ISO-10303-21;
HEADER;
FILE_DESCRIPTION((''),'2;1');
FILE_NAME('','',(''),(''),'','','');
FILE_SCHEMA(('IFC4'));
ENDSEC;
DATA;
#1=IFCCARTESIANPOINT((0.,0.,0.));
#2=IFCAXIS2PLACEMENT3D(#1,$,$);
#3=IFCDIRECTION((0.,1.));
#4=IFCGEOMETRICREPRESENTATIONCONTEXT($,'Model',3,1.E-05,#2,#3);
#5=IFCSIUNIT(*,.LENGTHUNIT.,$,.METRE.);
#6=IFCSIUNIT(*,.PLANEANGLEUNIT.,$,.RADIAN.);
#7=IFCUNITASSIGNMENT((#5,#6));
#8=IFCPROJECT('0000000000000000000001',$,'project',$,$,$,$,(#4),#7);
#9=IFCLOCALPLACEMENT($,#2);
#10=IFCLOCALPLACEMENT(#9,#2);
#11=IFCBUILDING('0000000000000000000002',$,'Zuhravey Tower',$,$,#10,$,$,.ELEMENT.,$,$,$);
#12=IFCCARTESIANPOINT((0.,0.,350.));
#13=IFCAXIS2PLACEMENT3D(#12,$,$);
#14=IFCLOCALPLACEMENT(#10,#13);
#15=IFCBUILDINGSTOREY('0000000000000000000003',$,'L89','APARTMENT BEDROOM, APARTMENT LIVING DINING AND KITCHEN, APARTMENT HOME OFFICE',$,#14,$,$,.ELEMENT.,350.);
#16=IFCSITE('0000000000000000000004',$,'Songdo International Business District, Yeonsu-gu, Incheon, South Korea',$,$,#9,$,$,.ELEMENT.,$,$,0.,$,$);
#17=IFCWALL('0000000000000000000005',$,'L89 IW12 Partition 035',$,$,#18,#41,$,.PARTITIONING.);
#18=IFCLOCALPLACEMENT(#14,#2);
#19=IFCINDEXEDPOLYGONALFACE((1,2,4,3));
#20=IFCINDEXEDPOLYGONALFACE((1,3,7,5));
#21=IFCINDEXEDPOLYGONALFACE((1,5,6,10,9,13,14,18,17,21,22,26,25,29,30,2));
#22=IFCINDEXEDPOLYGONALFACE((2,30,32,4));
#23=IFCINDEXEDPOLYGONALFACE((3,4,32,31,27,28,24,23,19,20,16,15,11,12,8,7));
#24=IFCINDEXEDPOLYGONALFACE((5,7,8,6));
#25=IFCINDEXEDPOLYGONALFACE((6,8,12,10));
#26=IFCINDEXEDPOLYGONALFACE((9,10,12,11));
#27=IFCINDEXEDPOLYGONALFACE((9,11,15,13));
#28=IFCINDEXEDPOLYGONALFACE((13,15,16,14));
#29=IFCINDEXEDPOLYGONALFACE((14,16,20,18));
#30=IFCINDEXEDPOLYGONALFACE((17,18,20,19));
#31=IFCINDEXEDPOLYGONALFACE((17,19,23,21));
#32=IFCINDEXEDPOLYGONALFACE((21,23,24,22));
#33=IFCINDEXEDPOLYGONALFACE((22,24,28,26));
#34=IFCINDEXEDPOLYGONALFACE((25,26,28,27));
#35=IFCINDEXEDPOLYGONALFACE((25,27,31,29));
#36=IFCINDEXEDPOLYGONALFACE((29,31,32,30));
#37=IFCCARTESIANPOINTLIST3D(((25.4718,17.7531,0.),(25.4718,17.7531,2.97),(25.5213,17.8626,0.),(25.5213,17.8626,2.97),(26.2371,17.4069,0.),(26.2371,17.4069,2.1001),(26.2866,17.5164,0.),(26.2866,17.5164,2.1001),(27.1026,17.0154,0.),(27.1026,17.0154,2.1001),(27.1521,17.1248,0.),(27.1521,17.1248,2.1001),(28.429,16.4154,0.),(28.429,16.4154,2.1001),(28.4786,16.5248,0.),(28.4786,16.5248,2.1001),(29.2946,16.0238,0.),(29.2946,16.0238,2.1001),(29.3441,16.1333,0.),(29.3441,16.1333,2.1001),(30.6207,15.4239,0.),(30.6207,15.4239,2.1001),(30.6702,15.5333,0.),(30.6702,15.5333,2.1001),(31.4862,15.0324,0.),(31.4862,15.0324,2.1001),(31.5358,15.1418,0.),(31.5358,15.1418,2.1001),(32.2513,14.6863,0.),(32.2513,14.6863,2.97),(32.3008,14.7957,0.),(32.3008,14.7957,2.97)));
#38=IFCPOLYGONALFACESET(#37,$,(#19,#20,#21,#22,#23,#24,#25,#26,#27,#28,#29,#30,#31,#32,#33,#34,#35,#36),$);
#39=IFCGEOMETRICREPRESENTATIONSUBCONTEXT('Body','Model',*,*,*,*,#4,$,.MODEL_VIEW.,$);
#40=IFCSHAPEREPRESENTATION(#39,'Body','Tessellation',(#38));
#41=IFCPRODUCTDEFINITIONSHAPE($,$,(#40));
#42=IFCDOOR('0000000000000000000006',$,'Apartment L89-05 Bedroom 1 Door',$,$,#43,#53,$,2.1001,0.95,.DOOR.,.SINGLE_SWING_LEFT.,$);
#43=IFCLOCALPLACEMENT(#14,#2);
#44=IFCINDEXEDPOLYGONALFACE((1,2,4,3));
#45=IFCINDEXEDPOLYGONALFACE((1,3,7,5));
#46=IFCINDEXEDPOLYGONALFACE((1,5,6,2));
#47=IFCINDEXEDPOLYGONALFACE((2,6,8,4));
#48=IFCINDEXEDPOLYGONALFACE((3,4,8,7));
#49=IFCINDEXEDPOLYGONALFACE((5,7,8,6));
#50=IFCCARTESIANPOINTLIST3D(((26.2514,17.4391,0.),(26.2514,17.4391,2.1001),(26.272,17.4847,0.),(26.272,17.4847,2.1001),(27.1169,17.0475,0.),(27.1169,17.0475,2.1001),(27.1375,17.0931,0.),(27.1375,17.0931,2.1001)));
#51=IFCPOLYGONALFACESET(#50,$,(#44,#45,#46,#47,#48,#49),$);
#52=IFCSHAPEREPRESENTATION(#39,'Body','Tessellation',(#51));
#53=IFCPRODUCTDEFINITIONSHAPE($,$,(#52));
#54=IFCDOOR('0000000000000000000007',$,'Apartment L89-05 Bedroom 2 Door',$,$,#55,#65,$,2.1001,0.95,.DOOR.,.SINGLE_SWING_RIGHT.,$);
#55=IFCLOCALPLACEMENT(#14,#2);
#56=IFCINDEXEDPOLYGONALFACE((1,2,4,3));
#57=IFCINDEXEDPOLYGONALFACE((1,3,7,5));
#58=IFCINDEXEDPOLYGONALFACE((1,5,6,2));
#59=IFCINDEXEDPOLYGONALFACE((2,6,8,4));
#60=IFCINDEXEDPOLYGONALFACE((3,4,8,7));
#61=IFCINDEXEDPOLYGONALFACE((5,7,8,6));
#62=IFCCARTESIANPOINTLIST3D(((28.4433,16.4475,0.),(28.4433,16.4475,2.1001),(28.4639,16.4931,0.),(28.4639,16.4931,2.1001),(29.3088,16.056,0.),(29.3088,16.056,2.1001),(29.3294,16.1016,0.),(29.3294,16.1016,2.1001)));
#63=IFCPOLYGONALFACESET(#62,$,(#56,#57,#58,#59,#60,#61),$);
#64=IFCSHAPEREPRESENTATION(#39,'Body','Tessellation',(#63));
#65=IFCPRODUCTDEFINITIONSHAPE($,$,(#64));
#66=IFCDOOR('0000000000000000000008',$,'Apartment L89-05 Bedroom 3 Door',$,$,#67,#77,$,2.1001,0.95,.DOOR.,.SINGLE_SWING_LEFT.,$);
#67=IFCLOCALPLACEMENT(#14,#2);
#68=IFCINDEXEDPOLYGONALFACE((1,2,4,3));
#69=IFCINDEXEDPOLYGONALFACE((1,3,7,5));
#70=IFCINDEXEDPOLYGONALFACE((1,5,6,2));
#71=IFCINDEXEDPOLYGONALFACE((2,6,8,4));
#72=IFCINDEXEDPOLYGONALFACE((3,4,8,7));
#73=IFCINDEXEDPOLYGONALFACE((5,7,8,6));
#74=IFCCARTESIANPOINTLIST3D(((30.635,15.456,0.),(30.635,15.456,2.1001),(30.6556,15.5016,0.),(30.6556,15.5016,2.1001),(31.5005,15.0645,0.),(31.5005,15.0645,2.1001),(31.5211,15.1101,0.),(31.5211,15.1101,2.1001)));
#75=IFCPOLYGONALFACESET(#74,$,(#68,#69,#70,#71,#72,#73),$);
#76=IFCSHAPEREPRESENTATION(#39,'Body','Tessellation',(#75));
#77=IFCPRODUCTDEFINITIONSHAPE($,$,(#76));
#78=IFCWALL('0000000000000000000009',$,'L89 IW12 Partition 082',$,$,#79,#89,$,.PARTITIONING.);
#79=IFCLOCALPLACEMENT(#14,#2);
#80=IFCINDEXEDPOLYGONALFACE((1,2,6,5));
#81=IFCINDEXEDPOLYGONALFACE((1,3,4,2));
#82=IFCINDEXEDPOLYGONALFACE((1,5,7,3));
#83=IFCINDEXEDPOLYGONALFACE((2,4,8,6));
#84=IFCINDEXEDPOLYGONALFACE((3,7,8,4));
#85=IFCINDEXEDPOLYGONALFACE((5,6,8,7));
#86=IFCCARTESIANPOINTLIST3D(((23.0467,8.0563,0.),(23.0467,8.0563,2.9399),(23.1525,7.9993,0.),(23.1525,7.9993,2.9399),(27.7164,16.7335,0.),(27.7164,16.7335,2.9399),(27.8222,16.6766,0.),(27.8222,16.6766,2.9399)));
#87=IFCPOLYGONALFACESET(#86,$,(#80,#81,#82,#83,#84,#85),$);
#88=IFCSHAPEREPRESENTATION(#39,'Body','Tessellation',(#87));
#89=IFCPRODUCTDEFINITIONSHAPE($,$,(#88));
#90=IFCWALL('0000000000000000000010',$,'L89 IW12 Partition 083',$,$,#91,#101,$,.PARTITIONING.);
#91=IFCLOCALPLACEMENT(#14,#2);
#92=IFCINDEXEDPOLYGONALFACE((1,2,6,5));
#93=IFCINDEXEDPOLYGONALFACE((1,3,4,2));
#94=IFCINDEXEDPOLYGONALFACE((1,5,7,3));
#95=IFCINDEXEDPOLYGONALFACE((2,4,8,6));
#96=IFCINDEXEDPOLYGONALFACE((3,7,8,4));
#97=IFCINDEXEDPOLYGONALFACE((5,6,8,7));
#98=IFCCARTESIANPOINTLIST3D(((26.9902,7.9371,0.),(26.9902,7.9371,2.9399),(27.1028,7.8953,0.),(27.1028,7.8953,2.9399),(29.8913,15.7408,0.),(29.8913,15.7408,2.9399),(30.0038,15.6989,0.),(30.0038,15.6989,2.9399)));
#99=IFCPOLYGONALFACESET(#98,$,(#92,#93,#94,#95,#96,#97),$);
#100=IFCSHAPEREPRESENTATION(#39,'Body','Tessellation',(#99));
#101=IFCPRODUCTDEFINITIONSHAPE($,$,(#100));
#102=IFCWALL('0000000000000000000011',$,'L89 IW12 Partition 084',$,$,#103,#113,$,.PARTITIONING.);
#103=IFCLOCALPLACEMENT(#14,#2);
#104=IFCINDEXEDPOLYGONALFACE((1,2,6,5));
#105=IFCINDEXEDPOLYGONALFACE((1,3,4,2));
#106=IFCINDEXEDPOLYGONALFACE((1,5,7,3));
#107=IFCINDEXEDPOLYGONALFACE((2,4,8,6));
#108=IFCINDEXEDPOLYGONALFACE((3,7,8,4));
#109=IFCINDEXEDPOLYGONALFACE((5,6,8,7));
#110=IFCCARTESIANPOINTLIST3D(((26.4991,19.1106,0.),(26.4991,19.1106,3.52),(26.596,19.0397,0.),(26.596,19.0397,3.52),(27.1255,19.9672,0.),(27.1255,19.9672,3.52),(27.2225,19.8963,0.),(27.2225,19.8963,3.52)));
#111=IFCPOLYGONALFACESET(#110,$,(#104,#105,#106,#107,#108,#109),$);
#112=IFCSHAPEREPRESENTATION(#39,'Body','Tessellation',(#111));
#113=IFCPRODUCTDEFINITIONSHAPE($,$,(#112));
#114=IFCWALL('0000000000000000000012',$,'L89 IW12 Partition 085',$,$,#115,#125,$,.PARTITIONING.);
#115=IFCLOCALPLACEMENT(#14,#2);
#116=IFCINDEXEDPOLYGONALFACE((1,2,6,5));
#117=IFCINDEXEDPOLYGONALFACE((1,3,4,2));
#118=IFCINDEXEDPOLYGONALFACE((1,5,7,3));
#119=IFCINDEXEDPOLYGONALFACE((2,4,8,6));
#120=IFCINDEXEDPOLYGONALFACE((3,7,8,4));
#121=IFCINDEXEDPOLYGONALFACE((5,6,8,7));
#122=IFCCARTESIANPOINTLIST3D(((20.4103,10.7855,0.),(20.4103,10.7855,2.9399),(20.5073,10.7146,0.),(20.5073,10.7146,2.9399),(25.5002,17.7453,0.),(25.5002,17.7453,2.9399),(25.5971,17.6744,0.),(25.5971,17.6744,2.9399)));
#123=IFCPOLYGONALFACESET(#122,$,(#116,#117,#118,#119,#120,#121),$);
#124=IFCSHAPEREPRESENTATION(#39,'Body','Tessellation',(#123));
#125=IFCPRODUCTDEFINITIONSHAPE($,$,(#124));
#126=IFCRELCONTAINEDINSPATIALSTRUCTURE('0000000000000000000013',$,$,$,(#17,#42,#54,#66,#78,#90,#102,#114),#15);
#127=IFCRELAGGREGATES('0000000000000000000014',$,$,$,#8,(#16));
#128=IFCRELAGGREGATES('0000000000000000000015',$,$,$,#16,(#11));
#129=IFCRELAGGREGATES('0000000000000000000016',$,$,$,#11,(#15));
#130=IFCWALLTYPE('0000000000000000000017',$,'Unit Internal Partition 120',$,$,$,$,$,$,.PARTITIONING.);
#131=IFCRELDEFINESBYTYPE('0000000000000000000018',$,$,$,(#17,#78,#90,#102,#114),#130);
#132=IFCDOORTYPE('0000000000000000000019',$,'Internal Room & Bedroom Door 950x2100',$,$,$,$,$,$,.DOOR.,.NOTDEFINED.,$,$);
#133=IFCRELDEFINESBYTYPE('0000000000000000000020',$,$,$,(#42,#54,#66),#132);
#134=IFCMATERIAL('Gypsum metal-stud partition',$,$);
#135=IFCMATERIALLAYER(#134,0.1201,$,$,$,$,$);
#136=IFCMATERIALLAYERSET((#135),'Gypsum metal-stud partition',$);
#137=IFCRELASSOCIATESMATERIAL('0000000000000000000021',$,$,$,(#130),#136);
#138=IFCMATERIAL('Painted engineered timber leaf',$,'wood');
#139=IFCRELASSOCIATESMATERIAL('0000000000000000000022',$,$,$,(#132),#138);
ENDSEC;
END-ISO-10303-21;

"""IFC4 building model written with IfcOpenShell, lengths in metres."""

from ifc_helpers import new_model, si_unit, direction, frame, frame_2d, origin, place, context, subcontext, project, spatial, rectangle, extrude, material, layer, layer_set, type_object, element, fill, save


model = new_model("IFC4")

# Units and contexts
model_context = context("Model", 3, precision=1e-05, world=origin(), true_north=direction((0.0, 1.0)))
body_context = subcontext(model_context, "Body", "Model", "MODEL_VIEW")
ifc_project = project(units=[si_unit("LENGTHUNIT", "METRE"), si_unit("PLANEANGLEUNIT", "RADIAN")], contexts=[model_context])

# Site, building, storey
site_placement = place(None, origin())
site = spatial("IfcSite", under=ifc_project, at=site_placement, Name="Songdo International Business District, Yeonsu-gu, Incheon, South Korea", CompositionType="ELEMENT", RefElevation=0.0)
building_placement = place(site_placement, origin())
building = spatial("IfcBuilding", under=site, at=building_placement, Name="Zuhravey Tower", CompositionType="ELEMENT")
storey_placement = place(building_placement, frame((0.0, 0.0, 350.0)))
storey = spatial("IfcBuildingStorey", under=building, at=storey_placement, Name="L89", Description="APARTMENT BEDROOM, APARTMENT LIVING DINING AND KITCHEN, APARTMENT HOME OFFICE", CompositionType="ELEMENT", Elevation=350.0)

# Wall, openings, doors
ifc_material_1 = material(Name="Gypsum metal-stud partition")
ifc_layer_1 = layer(ifc_material_1, 0.1201)
ifc_layer_set_1 = layer_set([ifc_layer_1], Name="Gypsum metal-stud partition")
wall_type_1 = type_object("IfcWallType", Name="Unit Internal Partition 120", PredefinedType="PARTITIONING", material=ifc_layer_set_1)
ifc_material_2 = material(Name="Painted engineered timber leaf", Category="wood")
door_type_1 = type_object("IfcDoorType", Name="Internal Room & Bedroom Door 950x2100", OperationType="NOTDEFINED", PredefinedType="DOOR", material=ifc_material_2)
wall_1_placement = place(storey_placement, frame((25.4966, 17.8079, 0.0), z_axis=(0.0, 0.0, 1.0), x_axis=(0.91111, -0.412163, 0.0)))
wall_1 = element("IfcWall", 1, at=wall_1_placement, inside=storey, type_object=wall_type_1, Name="L89 IW12 Partition 035", PredefinedType="PARTITIONING", context=body_context, shape_type="SweptSolid", body=[
    extrude(rectangle(XDim=7.4409, YDim=0.1201, at=frame_2d((3.7205, 0.0))), origin(), (0.0, 0.0, 1.0), 2.97),
])
opening_1_placement = place(wall_1_placement, frame((0.8398, 0.0, 0.0)))
opening_1 = element("IfcOpeningElement", 2, at=opening_1_placement, cuts=wall_1, PredefinedType="OPENING", context=body_context, shape_type="SweptSolid", body=[
    extrude(rectangle(XDim=0.95, YDim=2.1001, at=frame_2d((0.4751, 1.05))), frame((0.0, 0.072, 0.0), z_axis=(0.0, -1.0, 0.0), x_axis=(1.0, 0.0, 0.0)), (0.0, 0.0, 1.0), 0.144),
])
opening_2_placement = place(wall_1_placement, frame((3.2456, 0.0, 0.0)))
opening_2 = element("IfcOpeningElement", 3, at=opening_2_placement, cuts=wall_1, PredefinedType="OPENING", context=body_context, shape_type="SweptSolid", body=[
    extrude(rectangle(XDim=0.95, YDim=2.1001, at=frame_2d((0.4751, 1.05))), frame((0.0, 0.072, 0.0), z_axis=(0.0, -1.0, 0.0), x_axis=(1.0, 0.0, 0.0)), (0.0, 0.0, 1.0), 0.144),
])
opening_3_placement = place(wall_1_placement, frame((5.6511, 0.0, 0.0)))
opening_3 = element("IfcOpeningElement", 4, at=opening_3_placement, cuts=wall_1, PredefinedType="OPENING", context=body_context, shape_type="SweptSolid", body=[
    extrude(rectangle(XDim=0.95, YDim=2.1001, at=frame_2d((0.4751, 1.05))), frame((0.0, 0.072, 0.0), z_axis=(0.0, -1.0, 0.0), x_axis=(1.0, 0.0, 0.0)), (0.0, 0.0, 1.0), 0.144),
])
door_1_placement = place(opening_1_placement, frame((0.95, 0.0, 0.0), z_axis=(0.0, 0.0, 1.0), x_axis=(-1.0, 0.0, 0.0)))
door_1 = element("IfcDoor", 5, at=door_1_placement, inside=storey, type_object=door_type_1, Name="Apartment L89-05 Bedroom 1 Door", OperationType="SINGLE_SWING_LEFT", OverallHeight=2.1001, OverallWidth=0.95, PredefinedType="DOOR", context=body_context, shape_type="SweptSolid", body=[
    extrude(rectangle(XDim=0.95, YDim=2.1001, at=frame_2d((0.4751, 1.05))), frame((0.0, 0.0249, 0.0), z_axis=(0.0, -1.0, 0.0), x_axis=(1.0, 0.0, 0.0)), (0.0, 0.0, 1.0), 0.05),
])
fill(opening_1, door_1)
door_2_placement = place(opening_2_placement, frame((0.95, 0.0, 0.0), z_axis=(0.0, 0.0, 1.0), x_axis=(-1.0, 0.0, 0.0)))
door_2 = element("IfcDoor", 6, at=door_2_placement, inside=storey, type_object=door_type_1, Name="Apartment L89-05 Bedroom 2 Door", OperationType="SINGLE_SWING_RIGHT", OverallHeight=2.1001, OverallWidth=0.95, PredefinedType="DOOR", context=body_context, shape_type="SweptSolid", body=[
    extrude(rectangle(XDim=0.95, YDim=2.1001, at=frame_2d((0.4751, 1.05))), frame((0.0, 0.0249, 0.0), z_axis=(0.0, -1.0, 0.0), x_axis=(1.0, 0.0, 0.0)), (0.0, 0.0, 1.0), 0.05),
])
fill(opening_2, door_2)
door_3_placement = place(opening_3_placement, frame((0.95, 0.0, 0.0), z_axis=(0.0, 0.0, 1.0), x_axis=(-1.0, 0.0, 0.0)))
door_3 = element("IfcDoor", 7, at=door_3_placement, inside=storey, type_object=door_type_1, Name="Apartment L89-05 Bedroom 3 Door", OperationType="SINGLE_SWING_LEFT", OverallHeight=2.1001, OverallWidth=0.95, PredefinedType="DOOR", context=body_context, shape_type="SweptSolid", body=[
    extrude(rectangle(XDim=0.95, YDim=2.1001, at=frame_2d((0.4751, 1.05))), frame((0.0, 0.0249, 0.0), z_axis=(0.0, -1.0, 0.0), x_axis=(1.0, 0.0, 0.0)), (0.0, 0.0, 1.0), 0.05),
])
fill(opening_3, door_3)

# Walls
wall_2_placement = place(storey_placement, frame((27.7693, 16.7051, 0.0), z_axis=(0.0, 0.0, 1.0), x_axis=(-0.473889, -0.880585, 0.0)))
element("IfcWall", 8, at=wall_2_placement, inside=storey, type_object=wall_type_1, Name="L89 IW12 Partition 082", PredefinedType="PARTITIONING", context=body_context, shape_type="SweptSolid", body=[
    extrude(rectangle(XDim=9.854, YDim=0.1201, at=frame_2d((4.927, 0.0))), origin(), (0.0, 0.0, 1.0), 2.9399),
])
wall_3_placement = place(storey_placement, frame((29.9475, 15.7197, 0.0), z_axis=(0.0, 0.0, 1.0), x_axis=(-0.348461, -0.937323, 0.0)))
element("IfcWall", 9, at=wall_3_placement, inside=storey, type_object=wall_type_1, Name="L89 IW12 Partition 083", PredefinedType="PARTITIONING", context=body_context, shape_type="SweptSolid", body=[
    extrude(rectangle(XDim=8.3254, YDim=0.1201, at=frame_2d((4.1626, 0.0))), origin(), (0.0, 0.0, 1.0), 2.9399),
])
wall_4_placement = place(storey_placement, frame((27.1741, 19.9319, 0.0), z_axis=(0.0, 0.0, 1.0), x_axis=(-0.590276, -0.807201, 0.0)))
element("IfcWall", 10, at=wall_4_placement, inside=storey, type_object=wall_type_1, Name="L89 IW12 Partition 084", PredefinedType="PARTITIONING", context=body_context, shape_type="SweptSolid", body=[
    extrude(rectangle(XDim=1.0613, YDim=0.1201, at=frame_2d((0.5308, 0.0))), origin(), (0.0, 0.0, 1.0), 3.52),
])
wall_5_placement = place(storey_placement, frame((25.5486, 17.7097, 0.0), z_axis=(0.0, 0.0, 1.0), x_axis=(-0.590311, -0.807176, 0.0)))
element("IfcWall", 11, at=wall_5_placement, inside=storey, type_object=wall_type_1, Name="L89 IW12 Partition 085", PredefinedType="PARTITIONING", context=body_context, shape_type="SweptSolid", body=[
    extrude(rectangle(XDim=8.6223, YDim=0.1201, at=frame_2d((4.311, 0.0))), origin(), (0.0, 0.0, 1.0), 2.9399),
])

save(model, "model.ifc")
